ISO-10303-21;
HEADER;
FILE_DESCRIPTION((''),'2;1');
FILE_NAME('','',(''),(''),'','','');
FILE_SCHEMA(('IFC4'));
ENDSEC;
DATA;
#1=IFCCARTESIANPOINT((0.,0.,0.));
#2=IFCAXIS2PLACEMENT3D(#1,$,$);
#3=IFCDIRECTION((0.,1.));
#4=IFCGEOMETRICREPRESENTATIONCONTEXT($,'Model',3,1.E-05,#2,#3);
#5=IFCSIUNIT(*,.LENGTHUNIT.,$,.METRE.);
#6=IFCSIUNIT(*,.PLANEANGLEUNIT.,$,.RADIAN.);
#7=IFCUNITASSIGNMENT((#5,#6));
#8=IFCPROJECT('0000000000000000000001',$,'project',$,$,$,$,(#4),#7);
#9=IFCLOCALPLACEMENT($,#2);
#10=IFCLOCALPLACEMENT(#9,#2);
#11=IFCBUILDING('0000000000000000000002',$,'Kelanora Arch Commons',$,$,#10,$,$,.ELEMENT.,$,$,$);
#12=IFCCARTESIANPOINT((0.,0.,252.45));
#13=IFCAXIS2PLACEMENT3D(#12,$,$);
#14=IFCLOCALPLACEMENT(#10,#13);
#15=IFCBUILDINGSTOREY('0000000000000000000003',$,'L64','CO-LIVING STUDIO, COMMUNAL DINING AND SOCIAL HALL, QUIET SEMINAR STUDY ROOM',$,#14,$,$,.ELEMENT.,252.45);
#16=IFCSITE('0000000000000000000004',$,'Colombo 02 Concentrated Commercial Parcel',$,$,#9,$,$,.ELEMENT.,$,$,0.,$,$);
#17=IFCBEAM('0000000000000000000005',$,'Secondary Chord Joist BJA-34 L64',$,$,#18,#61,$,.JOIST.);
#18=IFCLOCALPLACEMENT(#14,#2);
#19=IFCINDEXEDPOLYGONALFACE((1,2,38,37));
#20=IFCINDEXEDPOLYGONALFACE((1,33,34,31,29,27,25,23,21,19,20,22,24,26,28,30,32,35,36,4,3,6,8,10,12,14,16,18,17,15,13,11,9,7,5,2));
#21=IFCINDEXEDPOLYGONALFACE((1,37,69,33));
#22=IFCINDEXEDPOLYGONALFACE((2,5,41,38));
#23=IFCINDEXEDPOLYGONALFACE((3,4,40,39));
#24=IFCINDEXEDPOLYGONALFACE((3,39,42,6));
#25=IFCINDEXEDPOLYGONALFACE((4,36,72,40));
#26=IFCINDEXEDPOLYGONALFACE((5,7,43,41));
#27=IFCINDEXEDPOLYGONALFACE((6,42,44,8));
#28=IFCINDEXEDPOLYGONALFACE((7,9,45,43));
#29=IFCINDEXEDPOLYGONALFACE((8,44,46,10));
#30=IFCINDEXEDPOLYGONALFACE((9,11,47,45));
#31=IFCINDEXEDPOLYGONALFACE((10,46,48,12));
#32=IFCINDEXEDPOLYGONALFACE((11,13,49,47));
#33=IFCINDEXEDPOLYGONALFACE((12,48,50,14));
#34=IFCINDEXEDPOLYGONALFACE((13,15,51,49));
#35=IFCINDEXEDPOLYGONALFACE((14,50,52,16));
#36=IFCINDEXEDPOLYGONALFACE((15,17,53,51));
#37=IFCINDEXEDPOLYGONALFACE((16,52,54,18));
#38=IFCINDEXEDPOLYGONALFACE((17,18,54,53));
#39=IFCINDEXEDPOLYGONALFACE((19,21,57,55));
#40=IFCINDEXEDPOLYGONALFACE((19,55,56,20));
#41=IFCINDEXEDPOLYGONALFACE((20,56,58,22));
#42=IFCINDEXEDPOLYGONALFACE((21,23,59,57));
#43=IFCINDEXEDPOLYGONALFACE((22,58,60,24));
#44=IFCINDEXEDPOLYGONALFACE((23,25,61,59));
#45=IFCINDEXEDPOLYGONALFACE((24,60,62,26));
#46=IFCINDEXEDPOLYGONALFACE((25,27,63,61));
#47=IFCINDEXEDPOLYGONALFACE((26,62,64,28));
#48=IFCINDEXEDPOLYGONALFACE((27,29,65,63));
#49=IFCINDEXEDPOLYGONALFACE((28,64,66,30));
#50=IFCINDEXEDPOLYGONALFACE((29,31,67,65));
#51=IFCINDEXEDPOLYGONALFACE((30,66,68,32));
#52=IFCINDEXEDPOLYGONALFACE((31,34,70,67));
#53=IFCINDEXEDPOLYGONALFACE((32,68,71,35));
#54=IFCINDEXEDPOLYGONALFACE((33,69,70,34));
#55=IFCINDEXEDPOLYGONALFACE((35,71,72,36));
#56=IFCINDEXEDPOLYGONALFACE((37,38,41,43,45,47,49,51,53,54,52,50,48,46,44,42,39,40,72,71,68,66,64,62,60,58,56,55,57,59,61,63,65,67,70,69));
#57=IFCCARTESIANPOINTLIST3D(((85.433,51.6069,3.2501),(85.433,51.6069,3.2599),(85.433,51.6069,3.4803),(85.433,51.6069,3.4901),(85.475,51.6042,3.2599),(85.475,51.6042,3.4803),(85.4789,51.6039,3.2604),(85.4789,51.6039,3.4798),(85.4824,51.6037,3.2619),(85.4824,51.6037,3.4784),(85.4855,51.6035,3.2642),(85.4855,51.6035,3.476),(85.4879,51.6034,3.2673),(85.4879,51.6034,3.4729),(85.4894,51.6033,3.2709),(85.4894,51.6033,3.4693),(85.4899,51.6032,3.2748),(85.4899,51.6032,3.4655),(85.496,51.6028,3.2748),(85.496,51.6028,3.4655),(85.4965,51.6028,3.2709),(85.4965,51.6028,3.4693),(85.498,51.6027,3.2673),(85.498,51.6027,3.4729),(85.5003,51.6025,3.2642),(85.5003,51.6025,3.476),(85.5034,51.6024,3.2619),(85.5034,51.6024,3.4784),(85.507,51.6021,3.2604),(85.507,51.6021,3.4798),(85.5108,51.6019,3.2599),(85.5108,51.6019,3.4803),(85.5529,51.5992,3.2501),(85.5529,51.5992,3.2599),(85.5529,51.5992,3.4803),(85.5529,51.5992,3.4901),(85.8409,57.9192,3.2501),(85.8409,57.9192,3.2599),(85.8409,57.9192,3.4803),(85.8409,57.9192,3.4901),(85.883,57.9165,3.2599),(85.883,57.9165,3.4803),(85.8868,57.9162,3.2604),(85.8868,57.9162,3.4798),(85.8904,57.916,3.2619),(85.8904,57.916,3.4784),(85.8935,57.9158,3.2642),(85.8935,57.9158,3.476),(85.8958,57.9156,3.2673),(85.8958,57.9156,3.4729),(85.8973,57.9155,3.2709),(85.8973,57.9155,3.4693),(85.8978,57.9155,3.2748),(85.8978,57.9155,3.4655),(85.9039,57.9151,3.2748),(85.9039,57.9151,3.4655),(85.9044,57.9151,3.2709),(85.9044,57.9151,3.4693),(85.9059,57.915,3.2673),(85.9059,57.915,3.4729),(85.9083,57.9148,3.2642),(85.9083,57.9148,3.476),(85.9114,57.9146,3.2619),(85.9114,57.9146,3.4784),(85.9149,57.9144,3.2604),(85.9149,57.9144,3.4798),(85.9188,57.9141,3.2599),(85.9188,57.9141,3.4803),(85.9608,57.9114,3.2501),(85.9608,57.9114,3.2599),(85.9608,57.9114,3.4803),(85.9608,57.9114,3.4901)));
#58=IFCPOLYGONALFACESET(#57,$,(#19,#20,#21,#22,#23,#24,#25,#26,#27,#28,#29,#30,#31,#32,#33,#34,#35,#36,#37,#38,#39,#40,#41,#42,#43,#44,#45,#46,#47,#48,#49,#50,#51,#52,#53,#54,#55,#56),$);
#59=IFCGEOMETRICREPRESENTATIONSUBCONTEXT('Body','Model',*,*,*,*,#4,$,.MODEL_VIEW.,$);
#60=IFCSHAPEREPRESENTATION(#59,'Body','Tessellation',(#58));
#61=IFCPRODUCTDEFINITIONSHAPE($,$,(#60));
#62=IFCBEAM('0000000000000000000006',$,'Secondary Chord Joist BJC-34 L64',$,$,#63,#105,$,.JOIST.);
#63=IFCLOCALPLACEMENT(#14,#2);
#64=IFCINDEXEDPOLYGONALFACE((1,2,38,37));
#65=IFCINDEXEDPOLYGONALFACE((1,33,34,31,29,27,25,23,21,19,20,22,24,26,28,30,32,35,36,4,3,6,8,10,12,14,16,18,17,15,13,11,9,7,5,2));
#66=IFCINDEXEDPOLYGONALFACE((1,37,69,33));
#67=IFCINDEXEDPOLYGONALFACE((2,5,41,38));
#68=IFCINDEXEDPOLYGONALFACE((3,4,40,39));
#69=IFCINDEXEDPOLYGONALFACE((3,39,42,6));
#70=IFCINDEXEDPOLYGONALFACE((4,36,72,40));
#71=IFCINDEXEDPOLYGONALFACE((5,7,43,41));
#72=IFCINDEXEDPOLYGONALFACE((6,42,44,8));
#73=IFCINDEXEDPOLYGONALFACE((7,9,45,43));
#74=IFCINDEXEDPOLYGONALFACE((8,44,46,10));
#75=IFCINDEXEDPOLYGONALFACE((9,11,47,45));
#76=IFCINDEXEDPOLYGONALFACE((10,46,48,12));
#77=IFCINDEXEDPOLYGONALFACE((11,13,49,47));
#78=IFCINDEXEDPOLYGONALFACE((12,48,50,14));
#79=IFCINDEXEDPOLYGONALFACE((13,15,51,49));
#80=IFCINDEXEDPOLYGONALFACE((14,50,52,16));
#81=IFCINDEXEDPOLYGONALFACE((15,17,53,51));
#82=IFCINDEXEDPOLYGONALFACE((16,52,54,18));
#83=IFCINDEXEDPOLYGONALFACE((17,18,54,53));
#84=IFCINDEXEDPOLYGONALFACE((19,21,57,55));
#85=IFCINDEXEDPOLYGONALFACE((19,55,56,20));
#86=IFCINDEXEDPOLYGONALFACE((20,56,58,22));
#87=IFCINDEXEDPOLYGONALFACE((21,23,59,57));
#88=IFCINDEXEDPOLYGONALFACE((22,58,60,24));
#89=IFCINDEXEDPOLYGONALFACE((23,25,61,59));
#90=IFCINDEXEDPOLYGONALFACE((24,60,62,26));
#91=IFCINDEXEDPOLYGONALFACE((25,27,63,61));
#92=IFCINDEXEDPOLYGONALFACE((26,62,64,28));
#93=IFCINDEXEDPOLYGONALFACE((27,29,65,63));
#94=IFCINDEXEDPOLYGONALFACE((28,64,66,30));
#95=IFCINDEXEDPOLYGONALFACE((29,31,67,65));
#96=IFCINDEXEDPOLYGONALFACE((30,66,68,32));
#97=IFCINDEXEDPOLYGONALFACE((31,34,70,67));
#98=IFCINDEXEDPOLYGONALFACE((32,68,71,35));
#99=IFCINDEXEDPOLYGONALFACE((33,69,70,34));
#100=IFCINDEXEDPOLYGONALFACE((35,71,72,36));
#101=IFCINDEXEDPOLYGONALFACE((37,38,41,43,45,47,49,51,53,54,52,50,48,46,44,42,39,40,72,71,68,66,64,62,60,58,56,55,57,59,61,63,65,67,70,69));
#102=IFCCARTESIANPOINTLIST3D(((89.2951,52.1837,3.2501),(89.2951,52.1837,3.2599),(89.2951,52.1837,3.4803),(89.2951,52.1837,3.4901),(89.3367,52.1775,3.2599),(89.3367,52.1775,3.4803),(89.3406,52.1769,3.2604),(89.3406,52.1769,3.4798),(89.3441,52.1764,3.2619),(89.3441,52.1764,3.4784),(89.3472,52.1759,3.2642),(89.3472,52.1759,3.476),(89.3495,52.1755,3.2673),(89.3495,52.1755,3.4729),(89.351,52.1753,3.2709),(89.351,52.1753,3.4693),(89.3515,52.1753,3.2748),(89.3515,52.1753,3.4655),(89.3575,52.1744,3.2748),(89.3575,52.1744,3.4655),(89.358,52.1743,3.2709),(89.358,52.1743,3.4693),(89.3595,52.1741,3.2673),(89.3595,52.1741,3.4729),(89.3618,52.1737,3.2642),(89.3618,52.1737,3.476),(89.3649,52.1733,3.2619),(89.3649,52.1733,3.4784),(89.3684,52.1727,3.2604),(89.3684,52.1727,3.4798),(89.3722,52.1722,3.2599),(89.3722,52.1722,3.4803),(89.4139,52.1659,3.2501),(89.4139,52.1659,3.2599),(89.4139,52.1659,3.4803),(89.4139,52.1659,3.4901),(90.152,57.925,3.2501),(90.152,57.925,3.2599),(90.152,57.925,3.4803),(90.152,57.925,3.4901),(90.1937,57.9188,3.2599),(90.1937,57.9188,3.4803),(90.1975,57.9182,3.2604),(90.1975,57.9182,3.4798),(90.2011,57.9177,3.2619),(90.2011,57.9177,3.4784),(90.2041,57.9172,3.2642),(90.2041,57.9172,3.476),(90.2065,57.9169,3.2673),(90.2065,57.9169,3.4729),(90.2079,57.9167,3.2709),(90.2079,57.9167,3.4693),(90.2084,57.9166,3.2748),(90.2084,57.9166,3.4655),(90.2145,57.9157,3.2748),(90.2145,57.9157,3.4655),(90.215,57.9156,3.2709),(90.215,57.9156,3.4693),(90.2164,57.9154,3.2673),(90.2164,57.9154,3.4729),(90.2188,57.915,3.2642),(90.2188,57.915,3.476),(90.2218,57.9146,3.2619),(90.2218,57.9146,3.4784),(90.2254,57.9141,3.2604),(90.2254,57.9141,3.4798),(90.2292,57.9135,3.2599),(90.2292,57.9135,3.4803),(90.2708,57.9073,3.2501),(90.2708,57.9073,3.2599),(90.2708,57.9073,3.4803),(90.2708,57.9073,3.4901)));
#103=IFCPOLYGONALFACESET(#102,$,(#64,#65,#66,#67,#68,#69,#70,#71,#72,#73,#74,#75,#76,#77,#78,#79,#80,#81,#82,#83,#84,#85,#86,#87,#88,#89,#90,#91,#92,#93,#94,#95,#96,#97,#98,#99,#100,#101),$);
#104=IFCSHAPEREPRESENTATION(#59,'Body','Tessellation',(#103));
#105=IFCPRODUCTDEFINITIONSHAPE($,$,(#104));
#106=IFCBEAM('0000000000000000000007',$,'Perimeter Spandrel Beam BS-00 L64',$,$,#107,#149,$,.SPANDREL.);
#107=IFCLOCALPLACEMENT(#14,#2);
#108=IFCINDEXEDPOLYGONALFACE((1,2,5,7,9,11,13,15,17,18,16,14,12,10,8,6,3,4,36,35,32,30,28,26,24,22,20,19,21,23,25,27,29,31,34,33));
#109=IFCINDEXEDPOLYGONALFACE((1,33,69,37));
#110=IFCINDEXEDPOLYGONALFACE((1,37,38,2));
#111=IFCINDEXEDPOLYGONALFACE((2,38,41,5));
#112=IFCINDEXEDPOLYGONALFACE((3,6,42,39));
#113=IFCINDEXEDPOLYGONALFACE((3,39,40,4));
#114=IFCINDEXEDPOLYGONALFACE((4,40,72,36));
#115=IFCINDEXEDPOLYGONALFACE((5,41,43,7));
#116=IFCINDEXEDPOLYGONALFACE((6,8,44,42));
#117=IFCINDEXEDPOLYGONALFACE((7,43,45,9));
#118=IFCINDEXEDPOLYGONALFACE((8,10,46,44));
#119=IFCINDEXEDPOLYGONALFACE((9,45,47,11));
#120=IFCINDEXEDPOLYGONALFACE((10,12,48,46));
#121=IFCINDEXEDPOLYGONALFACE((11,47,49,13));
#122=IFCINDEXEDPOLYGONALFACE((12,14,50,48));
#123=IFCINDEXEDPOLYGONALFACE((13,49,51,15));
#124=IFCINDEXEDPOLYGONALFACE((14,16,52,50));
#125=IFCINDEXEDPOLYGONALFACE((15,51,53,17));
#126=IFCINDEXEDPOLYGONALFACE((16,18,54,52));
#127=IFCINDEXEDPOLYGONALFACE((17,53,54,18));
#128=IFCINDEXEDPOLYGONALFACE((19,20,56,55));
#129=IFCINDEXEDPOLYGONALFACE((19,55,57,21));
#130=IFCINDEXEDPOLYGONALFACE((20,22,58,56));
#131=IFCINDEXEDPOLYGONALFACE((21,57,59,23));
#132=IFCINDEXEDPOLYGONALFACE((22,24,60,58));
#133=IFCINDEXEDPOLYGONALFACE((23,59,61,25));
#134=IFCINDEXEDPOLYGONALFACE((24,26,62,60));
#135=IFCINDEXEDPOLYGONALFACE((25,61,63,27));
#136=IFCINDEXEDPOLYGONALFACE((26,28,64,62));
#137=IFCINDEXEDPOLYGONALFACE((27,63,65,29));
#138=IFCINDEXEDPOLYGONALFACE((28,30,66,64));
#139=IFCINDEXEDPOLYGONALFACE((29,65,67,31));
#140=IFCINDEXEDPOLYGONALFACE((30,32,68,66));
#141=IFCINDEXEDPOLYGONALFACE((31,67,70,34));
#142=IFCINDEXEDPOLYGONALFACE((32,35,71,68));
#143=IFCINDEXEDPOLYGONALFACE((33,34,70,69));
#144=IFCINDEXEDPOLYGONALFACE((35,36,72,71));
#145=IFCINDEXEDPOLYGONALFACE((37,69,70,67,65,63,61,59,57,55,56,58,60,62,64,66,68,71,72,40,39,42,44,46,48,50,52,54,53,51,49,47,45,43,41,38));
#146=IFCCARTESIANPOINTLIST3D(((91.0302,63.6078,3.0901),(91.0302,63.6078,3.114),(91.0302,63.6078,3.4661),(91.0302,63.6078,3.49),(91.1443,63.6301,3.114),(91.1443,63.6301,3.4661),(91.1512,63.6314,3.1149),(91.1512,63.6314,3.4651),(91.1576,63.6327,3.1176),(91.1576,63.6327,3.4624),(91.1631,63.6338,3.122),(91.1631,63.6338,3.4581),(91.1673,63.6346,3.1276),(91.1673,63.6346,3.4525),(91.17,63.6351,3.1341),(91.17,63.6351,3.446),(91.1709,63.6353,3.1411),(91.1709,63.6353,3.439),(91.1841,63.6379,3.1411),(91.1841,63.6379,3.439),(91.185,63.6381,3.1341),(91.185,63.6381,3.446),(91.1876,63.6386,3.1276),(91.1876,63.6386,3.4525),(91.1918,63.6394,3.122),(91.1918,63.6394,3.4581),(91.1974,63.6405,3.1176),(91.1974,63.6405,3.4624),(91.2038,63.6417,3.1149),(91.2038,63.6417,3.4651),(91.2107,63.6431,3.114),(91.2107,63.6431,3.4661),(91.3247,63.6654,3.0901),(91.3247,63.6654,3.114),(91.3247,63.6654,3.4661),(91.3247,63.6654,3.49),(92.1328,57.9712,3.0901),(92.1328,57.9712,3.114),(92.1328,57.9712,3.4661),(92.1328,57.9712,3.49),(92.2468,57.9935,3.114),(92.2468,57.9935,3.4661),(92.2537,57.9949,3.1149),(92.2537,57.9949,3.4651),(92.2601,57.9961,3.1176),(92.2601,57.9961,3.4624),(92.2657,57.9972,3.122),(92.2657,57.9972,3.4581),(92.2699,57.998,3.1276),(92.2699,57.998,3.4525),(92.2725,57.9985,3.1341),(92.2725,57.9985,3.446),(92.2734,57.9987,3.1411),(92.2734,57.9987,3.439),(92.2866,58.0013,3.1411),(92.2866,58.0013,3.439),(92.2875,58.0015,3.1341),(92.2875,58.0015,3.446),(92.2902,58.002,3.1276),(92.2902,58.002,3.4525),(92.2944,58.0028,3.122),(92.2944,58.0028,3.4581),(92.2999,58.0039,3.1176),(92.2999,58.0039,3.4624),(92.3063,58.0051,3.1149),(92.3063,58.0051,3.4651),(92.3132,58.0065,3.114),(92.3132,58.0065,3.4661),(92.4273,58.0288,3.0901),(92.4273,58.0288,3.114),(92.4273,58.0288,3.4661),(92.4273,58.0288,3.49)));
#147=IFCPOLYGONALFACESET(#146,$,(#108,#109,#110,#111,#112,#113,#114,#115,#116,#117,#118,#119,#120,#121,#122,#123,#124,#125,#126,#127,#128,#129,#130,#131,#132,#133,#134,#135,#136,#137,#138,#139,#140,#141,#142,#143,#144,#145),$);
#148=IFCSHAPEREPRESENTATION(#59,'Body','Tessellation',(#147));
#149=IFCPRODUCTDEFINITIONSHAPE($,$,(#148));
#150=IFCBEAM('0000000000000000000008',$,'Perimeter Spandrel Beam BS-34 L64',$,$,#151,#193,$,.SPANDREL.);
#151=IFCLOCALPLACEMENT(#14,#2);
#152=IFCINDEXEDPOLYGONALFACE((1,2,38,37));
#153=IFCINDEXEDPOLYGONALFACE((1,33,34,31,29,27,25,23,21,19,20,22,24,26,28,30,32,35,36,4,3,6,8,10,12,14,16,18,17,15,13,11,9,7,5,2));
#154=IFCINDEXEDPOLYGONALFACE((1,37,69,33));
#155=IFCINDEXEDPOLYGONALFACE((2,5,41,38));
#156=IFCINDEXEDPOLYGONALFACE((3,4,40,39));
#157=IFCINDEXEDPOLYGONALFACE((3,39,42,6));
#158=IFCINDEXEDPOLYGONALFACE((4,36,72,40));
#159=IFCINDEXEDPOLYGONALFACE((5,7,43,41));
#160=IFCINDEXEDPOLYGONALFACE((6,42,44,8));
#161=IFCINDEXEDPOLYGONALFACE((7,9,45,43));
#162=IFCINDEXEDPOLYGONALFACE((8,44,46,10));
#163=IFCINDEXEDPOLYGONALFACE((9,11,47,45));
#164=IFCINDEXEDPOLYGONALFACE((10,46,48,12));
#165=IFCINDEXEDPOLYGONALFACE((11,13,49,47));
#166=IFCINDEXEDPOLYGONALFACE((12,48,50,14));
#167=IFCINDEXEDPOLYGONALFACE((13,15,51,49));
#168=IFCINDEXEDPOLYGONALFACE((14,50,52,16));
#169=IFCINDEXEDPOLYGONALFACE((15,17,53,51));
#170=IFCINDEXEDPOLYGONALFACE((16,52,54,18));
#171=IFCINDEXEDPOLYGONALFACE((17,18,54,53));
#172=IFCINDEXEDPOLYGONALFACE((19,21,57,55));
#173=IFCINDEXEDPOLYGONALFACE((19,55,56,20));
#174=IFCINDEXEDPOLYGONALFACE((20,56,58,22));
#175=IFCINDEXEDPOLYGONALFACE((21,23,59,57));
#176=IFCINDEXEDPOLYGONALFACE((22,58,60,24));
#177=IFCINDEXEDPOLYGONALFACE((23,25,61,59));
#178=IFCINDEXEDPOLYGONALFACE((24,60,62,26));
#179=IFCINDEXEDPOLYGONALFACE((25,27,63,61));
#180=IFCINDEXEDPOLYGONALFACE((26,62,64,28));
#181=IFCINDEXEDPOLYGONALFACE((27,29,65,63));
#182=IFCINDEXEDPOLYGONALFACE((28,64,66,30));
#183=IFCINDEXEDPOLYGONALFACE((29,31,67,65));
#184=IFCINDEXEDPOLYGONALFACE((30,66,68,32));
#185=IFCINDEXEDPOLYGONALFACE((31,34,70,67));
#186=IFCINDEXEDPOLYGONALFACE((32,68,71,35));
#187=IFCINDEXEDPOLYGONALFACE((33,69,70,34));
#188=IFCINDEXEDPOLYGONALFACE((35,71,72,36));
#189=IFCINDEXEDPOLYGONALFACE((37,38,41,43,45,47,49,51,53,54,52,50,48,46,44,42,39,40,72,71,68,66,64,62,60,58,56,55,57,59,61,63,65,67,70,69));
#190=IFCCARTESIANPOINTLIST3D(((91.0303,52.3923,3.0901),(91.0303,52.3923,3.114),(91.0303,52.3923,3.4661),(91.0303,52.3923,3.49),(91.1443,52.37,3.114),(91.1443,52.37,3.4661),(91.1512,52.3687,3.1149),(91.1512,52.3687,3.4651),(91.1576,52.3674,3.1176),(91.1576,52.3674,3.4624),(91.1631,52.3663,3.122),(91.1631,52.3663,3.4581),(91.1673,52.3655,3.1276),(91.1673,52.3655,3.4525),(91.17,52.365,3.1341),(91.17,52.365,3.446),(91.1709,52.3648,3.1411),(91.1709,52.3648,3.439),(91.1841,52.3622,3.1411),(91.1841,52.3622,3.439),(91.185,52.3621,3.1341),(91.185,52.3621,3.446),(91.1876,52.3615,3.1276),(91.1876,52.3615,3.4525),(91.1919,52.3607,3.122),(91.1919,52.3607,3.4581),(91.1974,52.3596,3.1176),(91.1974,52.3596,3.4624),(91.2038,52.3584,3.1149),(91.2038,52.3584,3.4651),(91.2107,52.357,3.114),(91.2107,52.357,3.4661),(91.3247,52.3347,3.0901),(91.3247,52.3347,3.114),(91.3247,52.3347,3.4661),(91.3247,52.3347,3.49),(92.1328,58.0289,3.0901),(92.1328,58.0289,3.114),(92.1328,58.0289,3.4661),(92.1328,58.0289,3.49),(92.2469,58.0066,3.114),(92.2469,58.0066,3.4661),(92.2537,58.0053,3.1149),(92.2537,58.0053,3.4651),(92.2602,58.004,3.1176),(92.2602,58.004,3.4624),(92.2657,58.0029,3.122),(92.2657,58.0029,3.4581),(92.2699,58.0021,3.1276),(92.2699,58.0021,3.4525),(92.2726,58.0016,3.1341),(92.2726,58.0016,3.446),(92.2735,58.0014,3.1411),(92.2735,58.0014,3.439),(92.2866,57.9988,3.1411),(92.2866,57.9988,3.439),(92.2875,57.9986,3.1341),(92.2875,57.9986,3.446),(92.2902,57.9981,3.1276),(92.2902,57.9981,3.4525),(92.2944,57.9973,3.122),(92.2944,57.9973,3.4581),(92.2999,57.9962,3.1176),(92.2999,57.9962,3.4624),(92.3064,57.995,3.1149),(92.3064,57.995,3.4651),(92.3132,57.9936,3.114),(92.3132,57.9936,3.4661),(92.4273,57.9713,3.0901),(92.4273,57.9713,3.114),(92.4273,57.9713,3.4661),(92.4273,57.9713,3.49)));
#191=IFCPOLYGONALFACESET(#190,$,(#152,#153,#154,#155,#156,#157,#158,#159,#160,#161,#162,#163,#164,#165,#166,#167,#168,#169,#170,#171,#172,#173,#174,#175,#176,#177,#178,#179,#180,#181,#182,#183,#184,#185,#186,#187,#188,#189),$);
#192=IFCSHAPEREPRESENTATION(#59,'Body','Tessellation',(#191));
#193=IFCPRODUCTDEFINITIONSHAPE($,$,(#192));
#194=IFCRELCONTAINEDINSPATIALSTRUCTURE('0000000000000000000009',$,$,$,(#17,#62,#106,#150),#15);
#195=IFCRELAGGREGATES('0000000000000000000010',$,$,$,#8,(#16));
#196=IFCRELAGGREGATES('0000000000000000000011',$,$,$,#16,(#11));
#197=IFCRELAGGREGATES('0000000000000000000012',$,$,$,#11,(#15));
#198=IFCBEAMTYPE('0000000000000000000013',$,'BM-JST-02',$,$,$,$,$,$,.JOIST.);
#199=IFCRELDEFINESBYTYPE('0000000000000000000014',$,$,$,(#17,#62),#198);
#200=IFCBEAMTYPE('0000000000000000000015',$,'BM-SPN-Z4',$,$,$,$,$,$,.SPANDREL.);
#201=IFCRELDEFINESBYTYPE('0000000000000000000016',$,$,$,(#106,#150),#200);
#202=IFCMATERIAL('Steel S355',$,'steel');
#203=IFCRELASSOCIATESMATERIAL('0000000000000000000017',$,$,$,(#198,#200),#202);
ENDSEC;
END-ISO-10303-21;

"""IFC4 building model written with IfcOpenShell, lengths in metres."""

from ifc_helpers import new_model, si_unit, direction, frame, origin, origin_2d, place, context, subcontext, project, spatial, i_section, extrude, material, material_profile, profile_set, type_object, element, save


model = new_model("IFC4")

# Units and contexts
model_context = context("Model", 3, precision=1e-05, world=origin(), true_north=direction((0.0, 1.0)))
body_context = subcontext(model_context, "Body", "Model", "MODEL_VIEW")
ifc_project = project(units=[si_unit("LENGTHUNIT", "METRE"), si_unit("PLANEANGLEUNIT", "RADIAN")], contexts=[model_context])

# Site, building, storey
site_placement = place(None, origin())
site = spatial("IfcSite", under=ifc_project, at=site_placement, Name="Colombo 02 Concentrated Commercial Parcel", CompositionType="ELEMENT", RefElevation=0.0)
building_placement = place(site_placement, origin())
building = spatial("IfcBuilding", under=site, at=building_placement, Name="Kelanora Arch Commons", CompositionType="ELEMENT")
storey_placement = place(building_placement, frame((0.0, 0.0, 252.45)))
storey = spatial("IfcBuildingStorey", under=building, at=storey_placement, Name="L64", Description="CO-LIVING STUDIO, COMMUNAL DINING AND SOCIAL HALL, QUIET SEMINAR STUDY ROOM", CompositionType="ELEMENT", Elevation=252.45)

# Beams
ifc_material_1 = material(Name="Steel S355", Category="steel")
ifc_material_profile_1 = material_profile(ifc_material_1, i_section(OverallWidth=0.1201, OverallDepth=0.24, WebThickness=0.0061, FlangeThickness=0.0098, FilletRadius=0.0149, at=origin_2d()), Name="IPE240")
ifc_profile_set_1 = profile_set([ifc_material_profile_1], Name="Steel S355")
beam_type_1 = type_object("IfcBeamType", Name="BM-JST-02", PredefinedType="JOIST", material=ifc_profile_set_1)
beam_1_placement = place(storey_placement, frame((85.4929, 51.603, 3.3701), z_axis=(0.064495, 0.997918, 0.0), x_axis=(-0.997918, 0.064495, 0.0)))
element("IfcBeam", 1, at=beam_1_placement, inside=storey, type_object=beam_type_1, Name="Secondary Chord Joist BJA-34 L64", PredefinedType="JOIST", context=body_context, shape_type="SweptSolid", body=[
    extrude(i_section(OverallWidth=0.1201, OverallDepth=0.24, WebThickness=0.0061, FlangeThickness=0.0098, FilletRadius=0.0149, at=origin_2d()), origin(), (0.0, 0.0, 1.0), 6.3254),
])
beam_2_placement = place(storey_placement, frame((89.3545, 52.1748, 3.3701), z_axis=(0.147625, 0.989043, 0.0), x_axis=(-0.989043, 0.147625, 0.0)))
element("IfcBeam", 2, at=beam_2_placement, inside=storey, type_object=beam_type_1, Name="Secondary Chord Joist BJC-34 L64", PredefinedType="JOIST", context=body_context, shape_type="SweptSolid", body=[
    extrude(i_section(OverallWidth=0.1201, OverallDepth=0.24, WebThickness=0.0061, FlangeThickness=0.0098, FilletRadius=0.0149, at=origin_2d()), origin(), (0.0, 0.0, 1.0), 5.8049),
])
ifc_material_profile_2 = material_profile(ifc_material_1, i_section(OverallWidth=0.3, OverallDepth=0.3999, WebThickness=0.0134, FlangeThickness=0.0239, FilletRadius=0.0271, at=origin_2d()), Name="HEB400")
ifc_profile_set_2 = profile_set([ifc_material_profile_2], Name="Steel S355")
beam_type_2 = type_object("IfcBeamType", Name="BM-SPN-Z4", PredefinedType="SPANDREL", material=ifc_profile_set_2)
for number, where, z_axis, x_axis, name in (
    (3, (92.28, 58.0, 3.29), (-0.19197, 0.981401, 0.0), (-0.981401, -0.19197, 0.0), "Perimeter Spandrel Beam BS-00 L64"),
    (4, (91.1775, 52.3635, 3.29), (0.19197, 0.981401, 0.0), (-0.981401, 0.19197, 0.0), "Perimeter Spandrel Beam BS-34 L64"),
):
    element("IfcBeam", number, at=place(storey_placement, frame(where, z_axis=z_axis, x_axis=x_axis)), inside=storey, type_object=beam_type_2, Name=name, PredefinedType="SPANDREL", context=body_context, shape_type="SweptSolid", body=[
        extrude(i_section(OverallWidth=0.3, OverallDepth=0.3999, WebThickness=0.0134, FlangeThickness=0.0239, FilletRadius=0.0271, at=origin_2d()), origin(), (0.0, 0.0, 1.0), 5.7434),
    ])

save(model, "model.ifc")
